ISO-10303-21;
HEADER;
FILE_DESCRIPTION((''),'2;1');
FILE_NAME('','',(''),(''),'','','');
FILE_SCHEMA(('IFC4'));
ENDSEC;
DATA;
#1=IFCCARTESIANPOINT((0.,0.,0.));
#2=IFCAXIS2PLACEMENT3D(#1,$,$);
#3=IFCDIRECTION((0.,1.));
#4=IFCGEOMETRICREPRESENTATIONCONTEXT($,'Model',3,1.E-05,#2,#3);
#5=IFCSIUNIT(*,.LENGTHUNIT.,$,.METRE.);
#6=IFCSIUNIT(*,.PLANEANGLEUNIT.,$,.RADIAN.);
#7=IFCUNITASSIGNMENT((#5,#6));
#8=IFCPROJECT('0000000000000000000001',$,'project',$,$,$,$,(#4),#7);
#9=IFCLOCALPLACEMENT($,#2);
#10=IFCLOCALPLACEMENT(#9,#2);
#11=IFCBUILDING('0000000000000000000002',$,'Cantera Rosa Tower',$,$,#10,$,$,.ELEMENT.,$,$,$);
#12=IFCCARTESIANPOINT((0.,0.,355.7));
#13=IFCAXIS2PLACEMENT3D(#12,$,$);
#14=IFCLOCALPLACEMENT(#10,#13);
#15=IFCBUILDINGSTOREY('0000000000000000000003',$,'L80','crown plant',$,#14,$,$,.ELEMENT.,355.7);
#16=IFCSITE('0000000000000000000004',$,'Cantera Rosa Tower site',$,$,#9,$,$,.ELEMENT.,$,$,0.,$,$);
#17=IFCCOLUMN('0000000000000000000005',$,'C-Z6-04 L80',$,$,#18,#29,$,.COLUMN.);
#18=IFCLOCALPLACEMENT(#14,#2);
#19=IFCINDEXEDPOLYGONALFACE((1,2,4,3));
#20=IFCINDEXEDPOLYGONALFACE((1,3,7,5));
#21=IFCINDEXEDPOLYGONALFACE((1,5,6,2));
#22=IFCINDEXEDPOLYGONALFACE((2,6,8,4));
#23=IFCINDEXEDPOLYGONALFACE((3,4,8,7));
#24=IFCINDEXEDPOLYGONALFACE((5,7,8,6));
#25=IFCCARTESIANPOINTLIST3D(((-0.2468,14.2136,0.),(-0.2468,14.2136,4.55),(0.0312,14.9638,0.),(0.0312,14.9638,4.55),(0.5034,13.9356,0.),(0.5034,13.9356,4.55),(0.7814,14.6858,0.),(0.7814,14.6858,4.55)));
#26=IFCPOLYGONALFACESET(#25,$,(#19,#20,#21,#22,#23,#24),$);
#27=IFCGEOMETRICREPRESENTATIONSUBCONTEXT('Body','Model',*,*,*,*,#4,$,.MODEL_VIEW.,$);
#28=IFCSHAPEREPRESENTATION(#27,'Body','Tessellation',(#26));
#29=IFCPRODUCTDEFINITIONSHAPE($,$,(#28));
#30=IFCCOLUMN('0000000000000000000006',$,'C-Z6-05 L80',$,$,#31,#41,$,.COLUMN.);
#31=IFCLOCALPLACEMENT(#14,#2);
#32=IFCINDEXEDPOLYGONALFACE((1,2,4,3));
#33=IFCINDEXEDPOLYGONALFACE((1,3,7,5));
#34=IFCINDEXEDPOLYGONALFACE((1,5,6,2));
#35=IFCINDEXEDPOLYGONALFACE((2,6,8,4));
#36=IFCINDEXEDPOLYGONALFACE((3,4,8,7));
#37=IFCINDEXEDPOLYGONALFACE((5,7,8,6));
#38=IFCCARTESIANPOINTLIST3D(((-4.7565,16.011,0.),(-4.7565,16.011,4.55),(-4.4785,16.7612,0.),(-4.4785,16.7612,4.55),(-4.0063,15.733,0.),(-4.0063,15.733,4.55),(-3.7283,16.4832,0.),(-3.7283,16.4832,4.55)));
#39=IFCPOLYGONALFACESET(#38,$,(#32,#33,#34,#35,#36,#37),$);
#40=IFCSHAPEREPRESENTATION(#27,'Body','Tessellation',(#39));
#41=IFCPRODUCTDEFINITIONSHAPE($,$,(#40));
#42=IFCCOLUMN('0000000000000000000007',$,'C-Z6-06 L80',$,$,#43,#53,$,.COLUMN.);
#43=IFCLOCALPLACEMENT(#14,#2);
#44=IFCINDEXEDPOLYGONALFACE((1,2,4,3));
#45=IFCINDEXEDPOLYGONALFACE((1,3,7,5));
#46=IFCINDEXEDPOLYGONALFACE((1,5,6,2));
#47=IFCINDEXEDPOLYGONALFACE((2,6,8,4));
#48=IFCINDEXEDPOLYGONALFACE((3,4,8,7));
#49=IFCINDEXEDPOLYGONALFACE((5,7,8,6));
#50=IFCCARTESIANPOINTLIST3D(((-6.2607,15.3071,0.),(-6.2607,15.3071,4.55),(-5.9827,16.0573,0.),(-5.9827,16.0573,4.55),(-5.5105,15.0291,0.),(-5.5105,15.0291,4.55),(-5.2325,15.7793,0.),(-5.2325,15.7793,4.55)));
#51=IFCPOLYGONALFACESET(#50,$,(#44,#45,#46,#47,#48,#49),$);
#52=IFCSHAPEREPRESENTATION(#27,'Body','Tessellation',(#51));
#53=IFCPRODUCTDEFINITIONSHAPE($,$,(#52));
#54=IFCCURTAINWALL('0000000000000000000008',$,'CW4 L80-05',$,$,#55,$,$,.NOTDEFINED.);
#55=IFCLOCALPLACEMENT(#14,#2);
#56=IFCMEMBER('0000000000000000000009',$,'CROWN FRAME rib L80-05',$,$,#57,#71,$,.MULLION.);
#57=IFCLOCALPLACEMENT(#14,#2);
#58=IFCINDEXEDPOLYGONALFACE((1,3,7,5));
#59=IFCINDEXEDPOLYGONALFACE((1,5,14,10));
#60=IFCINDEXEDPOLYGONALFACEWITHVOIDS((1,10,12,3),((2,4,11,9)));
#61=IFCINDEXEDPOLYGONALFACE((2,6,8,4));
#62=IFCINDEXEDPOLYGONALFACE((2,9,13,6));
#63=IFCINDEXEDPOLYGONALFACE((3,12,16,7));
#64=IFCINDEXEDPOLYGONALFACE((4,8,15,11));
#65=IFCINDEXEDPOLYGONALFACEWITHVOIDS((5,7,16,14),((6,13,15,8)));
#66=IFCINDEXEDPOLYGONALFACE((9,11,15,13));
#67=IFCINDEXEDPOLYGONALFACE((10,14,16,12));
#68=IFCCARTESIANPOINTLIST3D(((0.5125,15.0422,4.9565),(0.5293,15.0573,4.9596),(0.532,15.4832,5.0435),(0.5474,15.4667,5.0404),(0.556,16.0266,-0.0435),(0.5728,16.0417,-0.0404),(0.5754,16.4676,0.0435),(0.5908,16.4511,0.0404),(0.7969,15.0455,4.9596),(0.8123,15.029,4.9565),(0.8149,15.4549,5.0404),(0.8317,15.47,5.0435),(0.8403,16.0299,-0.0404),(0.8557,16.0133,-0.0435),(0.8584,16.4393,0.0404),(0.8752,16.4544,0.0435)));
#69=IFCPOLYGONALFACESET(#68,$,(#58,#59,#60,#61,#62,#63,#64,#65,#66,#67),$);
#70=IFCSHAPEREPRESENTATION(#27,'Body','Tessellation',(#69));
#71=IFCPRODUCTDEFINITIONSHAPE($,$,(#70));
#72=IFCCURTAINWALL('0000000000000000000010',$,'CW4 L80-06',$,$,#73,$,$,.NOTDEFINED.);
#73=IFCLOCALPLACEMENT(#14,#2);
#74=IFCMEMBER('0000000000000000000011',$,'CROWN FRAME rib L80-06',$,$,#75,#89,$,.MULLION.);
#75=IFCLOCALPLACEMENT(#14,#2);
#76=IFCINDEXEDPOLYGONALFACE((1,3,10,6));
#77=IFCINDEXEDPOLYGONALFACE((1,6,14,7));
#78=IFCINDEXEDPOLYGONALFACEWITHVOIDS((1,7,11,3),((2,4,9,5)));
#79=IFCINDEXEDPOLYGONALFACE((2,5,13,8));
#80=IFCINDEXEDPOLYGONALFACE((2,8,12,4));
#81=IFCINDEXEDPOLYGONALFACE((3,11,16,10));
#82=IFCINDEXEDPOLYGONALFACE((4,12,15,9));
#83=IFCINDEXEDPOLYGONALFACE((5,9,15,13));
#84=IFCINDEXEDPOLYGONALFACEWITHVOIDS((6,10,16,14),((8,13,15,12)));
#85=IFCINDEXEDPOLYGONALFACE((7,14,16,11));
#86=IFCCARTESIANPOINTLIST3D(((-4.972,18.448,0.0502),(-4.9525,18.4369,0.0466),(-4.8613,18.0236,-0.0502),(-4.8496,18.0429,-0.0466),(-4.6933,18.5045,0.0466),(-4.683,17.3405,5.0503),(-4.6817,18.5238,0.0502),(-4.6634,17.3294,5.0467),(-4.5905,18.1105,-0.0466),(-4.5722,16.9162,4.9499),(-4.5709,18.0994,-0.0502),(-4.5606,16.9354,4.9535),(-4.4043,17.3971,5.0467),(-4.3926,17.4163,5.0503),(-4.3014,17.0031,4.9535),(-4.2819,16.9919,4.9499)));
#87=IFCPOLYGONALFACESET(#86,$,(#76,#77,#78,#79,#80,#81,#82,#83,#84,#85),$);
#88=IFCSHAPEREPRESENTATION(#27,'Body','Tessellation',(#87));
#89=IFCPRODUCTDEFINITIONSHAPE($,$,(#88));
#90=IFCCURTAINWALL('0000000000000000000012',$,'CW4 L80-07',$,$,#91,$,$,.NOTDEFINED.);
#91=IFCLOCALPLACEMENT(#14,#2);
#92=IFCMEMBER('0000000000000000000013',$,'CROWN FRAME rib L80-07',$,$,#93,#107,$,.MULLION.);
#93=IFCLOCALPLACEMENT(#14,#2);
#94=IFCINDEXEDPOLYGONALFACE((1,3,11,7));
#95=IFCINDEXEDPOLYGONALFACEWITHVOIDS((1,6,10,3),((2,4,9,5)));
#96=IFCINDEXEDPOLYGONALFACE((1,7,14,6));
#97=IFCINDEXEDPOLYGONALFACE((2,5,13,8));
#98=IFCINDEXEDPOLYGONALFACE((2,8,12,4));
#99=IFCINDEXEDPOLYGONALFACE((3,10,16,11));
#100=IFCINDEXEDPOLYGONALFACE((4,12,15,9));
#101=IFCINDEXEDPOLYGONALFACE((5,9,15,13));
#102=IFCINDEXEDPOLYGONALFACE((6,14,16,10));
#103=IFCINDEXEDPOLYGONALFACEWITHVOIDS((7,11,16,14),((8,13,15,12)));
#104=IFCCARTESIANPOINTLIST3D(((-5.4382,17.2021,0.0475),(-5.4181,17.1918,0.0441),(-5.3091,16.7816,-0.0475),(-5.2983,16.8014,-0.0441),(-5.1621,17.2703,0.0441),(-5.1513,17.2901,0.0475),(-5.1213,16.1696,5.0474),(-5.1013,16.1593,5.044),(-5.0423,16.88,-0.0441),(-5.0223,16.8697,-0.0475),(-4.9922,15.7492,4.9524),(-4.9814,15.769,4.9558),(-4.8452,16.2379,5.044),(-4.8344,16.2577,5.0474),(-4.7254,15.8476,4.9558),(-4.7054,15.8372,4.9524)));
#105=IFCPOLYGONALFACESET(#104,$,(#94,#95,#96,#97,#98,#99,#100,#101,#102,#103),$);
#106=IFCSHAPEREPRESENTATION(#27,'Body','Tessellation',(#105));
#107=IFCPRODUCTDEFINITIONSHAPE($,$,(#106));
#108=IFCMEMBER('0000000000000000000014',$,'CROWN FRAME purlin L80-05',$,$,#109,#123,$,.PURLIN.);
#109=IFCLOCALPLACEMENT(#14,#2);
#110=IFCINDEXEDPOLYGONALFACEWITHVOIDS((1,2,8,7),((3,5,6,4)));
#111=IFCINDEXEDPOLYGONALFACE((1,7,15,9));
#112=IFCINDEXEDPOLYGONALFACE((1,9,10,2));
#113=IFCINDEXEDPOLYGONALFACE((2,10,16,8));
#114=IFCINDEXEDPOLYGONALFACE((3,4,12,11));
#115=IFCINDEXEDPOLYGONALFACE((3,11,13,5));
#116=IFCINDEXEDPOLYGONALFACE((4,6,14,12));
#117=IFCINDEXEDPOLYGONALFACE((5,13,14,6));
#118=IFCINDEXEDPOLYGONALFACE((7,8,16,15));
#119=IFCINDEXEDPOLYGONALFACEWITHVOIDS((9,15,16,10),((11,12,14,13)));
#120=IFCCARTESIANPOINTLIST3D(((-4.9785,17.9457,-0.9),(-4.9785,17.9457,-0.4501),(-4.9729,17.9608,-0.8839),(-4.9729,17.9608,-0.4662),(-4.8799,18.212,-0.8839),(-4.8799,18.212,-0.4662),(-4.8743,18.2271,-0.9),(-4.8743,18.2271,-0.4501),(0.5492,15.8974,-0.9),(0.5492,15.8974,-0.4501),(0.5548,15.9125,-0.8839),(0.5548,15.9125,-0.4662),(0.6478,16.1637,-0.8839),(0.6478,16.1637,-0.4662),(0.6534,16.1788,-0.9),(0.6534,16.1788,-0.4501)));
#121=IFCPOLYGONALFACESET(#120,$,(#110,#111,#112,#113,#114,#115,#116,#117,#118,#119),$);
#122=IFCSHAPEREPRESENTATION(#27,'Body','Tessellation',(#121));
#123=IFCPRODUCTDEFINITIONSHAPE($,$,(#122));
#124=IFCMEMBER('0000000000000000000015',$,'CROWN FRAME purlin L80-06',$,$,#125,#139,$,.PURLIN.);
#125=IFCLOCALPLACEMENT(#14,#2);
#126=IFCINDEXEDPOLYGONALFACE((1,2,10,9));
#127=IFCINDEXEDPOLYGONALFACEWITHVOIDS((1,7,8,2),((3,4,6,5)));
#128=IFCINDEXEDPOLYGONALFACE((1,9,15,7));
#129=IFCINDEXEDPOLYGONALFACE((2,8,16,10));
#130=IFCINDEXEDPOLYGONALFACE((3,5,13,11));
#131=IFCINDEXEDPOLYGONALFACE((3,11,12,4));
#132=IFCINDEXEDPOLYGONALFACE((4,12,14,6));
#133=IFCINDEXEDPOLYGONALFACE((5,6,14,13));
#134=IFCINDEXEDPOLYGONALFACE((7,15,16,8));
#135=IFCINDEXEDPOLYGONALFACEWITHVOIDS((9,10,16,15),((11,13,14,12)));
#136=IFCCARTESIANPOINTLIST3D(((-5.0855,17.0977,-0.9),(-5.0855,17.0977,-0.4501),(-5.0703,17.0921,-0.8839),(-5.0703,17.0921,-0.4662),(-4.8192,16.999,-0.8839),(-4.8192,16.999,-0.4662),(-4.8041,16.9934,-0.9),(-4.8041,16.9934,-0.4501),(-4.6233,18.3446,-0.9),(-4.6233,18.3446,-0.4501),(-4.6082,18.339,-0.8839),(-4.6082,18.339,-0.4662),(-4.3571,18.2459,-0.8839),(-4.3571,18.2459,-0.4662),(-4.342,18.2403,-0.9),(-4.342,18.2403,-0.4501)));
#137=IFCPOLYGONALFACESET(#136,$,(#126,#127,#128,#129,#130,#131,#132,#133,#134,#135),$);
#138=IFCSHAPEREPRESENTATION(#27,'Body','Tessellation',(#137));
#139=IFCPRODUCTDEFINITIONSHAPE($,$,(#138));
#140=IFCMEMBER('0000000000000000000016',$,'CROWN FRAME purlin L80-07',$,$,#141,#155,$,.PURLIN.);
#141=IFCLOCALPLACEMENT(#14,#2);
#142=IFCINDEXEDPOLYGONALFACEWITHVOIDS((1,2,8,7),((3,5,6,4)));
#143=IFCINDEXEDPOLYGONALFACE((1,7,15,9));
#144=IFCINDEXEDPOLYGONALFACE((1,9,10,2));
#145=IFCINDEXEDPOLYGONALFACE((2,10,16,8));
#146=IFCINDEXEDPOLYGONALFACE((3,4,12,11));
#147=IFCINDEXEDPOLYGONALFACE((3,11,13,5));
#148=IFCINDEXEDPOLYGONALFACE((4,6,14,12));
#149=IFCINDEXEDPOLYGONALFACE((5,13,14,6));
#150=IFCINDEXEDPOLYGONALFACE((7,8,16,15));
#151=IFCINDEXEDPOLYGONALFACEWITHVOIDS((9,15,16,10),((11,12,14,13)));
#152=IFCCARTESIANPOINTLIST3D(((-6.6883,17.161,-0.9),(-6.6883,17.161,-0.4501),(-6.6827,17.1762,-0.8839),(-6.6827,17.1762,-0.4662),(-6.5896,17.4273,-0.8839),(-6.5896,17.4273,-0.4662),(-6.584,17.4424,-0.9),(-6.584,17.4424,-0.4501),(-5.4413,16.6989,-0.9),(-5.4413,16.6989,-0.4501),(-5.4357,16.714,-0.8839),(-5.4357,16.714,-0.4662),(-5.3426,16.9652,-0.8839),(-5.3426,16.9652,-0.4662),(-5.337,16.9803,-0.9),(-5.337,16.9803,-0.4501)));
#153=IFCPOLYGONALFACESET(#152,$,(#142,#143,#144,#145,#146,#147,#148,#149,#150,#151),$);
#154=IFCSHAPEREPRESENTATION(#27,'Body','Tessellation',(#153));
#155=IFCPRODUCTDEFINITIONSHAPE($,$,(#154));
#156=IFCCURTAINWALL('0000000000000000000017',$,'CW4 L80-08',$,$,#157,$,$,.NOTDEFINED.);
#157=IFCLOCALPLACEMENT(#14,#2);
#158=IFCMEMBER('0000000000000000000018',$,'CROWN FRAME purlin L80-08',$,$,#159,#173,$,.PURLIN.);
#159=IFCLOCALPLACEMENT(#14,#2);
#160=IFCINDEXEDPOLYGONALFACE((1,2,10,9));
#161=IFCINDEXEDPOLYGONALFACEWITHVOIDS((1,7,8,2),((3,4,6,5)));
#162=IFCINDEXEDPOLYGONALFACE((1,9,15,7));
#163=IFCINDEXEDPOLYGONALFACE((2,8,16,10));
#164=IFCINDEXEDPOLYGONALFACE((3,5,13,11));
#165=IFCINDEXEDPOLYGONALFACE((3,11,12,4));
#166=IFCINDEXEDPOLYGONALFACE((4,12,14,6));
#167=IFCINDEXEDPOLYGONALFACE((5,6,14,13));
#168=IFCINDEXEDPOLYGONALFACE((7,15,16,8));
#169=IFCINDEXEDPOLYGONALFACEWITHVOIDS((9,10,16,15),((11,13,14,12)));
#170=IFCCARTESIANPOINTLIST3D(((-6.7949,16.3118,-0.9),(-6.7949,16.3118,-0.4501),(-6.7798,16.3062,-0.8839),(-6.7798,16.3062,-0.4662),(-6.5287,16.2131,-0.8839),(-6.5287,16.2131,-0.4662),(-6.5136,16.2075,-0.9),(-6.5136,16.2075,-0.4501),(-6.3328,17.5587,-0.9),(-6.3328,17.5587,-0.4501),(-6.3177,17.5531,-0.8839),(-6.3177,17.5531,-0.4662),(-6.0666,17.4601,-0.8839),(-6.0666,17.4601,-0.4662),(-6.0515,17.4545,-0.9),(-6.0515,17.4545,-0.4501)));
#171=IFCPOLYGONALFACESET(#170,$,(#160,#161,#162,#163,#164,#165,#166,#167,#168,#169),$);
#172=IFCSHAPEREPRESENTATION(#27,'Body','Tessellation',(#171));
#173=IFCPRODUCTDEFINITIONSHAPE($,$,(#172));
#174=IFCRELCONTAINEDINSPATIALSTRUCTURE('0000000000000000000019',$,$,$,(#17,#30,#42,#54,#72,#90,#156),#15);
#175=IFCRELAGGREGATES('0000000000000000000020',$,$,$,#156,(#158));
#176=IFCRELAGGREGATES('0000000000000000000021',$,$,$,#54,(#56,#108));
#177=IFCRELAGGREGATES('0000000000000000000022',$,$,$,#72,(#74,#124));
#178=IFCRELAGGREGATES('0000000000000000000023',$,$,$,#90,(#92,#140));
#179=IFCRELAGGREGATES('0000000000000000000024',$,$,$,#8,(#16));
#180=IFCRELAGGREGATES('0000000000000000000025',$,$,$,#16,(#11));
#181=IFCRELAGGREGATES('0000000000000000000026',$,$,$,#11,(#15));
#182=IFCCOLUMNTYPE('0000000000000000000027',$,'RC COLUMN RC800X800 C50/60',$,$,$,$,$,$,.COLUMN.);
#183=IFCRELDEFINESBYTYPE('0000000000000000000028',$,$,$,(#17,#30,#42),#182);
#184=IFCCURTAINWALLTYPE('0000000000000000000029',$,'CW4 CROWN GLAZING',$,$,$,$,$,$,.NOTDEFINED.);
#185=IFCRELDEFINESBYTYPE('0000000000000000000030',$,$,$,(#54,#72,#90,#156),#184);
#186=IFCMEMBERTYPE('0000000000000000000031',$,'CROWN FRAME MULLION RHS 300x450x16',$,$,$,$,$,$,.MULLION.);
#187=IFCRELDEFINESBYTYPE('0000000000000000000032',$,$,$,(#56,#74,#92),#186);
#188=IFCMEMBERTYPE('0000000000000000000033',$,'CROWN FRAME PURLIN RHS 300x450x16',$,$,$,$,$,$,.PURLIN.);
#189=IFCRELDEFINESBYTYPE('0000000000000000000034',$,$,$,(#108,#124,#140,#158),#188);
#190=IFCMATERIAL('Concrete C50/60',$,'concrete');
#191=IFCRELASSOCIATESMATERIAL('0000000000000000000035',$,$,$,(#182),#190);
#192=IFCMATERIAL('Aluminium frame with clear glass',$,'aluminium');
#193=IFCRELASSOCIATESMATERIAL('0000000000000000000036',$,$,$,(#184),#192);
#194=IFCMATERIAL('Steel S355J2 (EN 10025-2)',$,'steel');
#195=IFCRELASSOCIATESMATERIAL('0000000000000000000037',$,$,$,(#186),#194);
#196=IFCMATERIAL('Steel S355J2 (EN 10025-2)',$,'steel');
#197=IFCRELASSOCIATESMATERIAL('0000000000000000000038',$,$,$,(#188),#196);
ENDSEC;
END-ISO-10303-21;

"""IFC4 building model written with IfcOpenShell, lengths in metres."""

from ifc_helpers import new_model, si_unit, direction, frame, origin, origin_2d, place, context, subcontext, project, spatial, rectangle, hollow_rectangle, extrude, material, material_profile, profile_set, type_object, element, aggregate, save


model = new_model("IFC4")

# Units and contexts
model_context = context("Model", 3, precision=1e-05, world=origin(), true_north=direction((0.0, 1.0)))
body_context = subcontext(model_context, "Body", "Model", "MODEL_VIEW")
ifc_project = project(units=[si_unit("LENGTHUNIT", "METRE"), si_unit("PLANEANGLEUNIT", "RADIAN")], contexts=[model_context])

# Site, building, storey
site_placement = place(None, origin())
site = spatial("IfcSite", under=ifc_project, at=site_placement, Name="Cantera Rosa Tower site", CompositionType="ELEMENT", RefElevation=0.0)
building_placement = place(site_placement, origin())
building = spatial("IfcBuilding", under=site, at=building_placement, Name="Cantera Rosa Tower", CompositionType="ELEMENT")
storey_placement = place(building_placement, frame((0.0, 0.0, 355.7)))
storey = spatial("IfcBuildingStorey", under=building, at=storey_placement, Name="L80", Description="crown plant", CompositionType="ELEMENT", Elevation=355.7)

# Columns
ifc_material_1 = material(Name="Concrete C50/60", Category="concrete")
ifc_material_profile_1 = material_profile(ifc_material_1, rectangle(XDim=0.8, YDim=0.8, at=origin_2d()), Name="RC COLUMN RC800X800 C50/60")
ifc_profile_set_1 = profile_set([ifc_material_profile_1], Name="Concrete C50/60")
column_type = type_object("IfcColumnType", Name="RC COLUMN RC800X800 C50/60", PredefinedType="COLUMN", material=ifc_profile_set_1)
for number, where, z_axis, x_axis, name in (
    (1, (0.2673, 14.4497, 0.0), (0.0, 0.0, 1.0), (0.347481, 0.937687, 0.0), "C-Z6-04 L80"),
    (2, (-4.2424, 16.2471, 0.0), (0.0, 0.0, 1.0), (0.347481, 0.937687, 0.0), "C-Z6-05 L80"),
    (3, (-5.7466, 15.5432, 0.0), (0.0, 0.0, 1.0), (0.347481, 0.937687, 0.0), "C-Z6-06 L80"),
):
    element("IfcColumn", number, at=place(storey_placement, frame(where, z_axis=z_axis, x_axis=x_axis)), inside=storey, type_object=column_type, Name=name, PredefinedType="COLUMN", context=body_context, shape_type="SweptSolid", body=[
        extrude(rectangle(XDim=0.8, YDim=0.8, at=origin_2d()), origin(), (0.0, 0.0, 1.0), 4.55),
    ])

# Curtain walls, members
ifc_material_2 = material(Name="Aluminium frame with clear glass", Category="aluminium")
curtain_wall_type = type_object("IfcCurtainWallType", Name="CW4 CROWN GLAZING", PredefinedType="NOTDEFINED", material=ifc_material_2)
curtain_wall_1_placement = place(storey_placement, origin())
curtain_wall_1 = element("IfcCurtainWall", 4, at=curtain_wall_1_placement, inside=storey, type_object=curtain_wall_type, Name="CW4 L80-05", PredefinedType="NOTDEFINED")
ifc_material_3 = material(Name="Steel S355J2 (EN 10025-2)", Category="steel")
ifc_material_profile_2 = material_profile(ifc_material_3, hollow_rectangle(XDim=0.3, YDim=0.45, WallThickness=0.0161, at=origin_2d()), Name="CROWN FRAME MULLION RHS 300x450x16")
ifc_profile_set_2 = profile_set([ifc_material_profile_2], Name="Steel S355J2 (EN 10025-2)")
member_type_1 = type_object("IfcMemberType", Name="CROWN FRAME MULLION RHS 300x450x16", PredefinedType="MULLION", material=ifc_profile_set_2)
member_1_placement = place(storey_placement, frame((0.7156, 16.2405, 0.0), z_axis=(-0.008527, -0.19316, 0.98113), x_axis=(0.999027, -0.044104, 0.0)))
member_1 = element("IfcMember", 5, at=member_1_placement, type_object=member_type_1, Name="CROWN FRAME rib L80-05", PredefinedType="MULLION", context=body_context, shape_type="SweptSolid", body=[
    extrude(hollow_rectangle(XDim=0.3, YDim=0.45, WallThickness=0.0161, at=origin_2d()), origin(), (0.0, 0.0, 1.0), 5.0962),
])
curtain_wall_2_placement = place(storey_placement, origin())
curtain_wall_2 = element("IfcCurtainWall", 6, at=curtain_wall_2_placement, inside=storey, type_object=curtain_wall_type, Name="CW4 L80-06", PredefinedType="NOTDEFINED")
member_2_placement = place(storey_placement, frame((-4.7715, 18.2737, 0.0), z_axis=(0.056355, -0.2159, 0.974788), x_axis=(0.967581, 0.252561, 0.0)))
member_2 = element("IfcMember", 7, at=member_2_placement, type_object=member_type_1, Name="CROWN FRAME rib L80-06", PredefinedType="MULLION", context=body_context, shape_type="SweptSolid", body=[
    extrude(hollow_rectangle(XDim=0.3, YDim=0.45, WallThickness=0.0161, at=origin_2d()), origin(), (0.0, 0.0, 1.0), 5.1294),
])
curtain_wall_3_placement = place(storey_placement, origin())
curtain_wall_3 = element("IfcCurtainWall", 8, at=curtain_wall_3_placement, inside=storey, type_object=curtain_wall_type, Name="CW4 L80-07", PredefinedType="NOTDEFINED")
member_3_placement = place(storey_placement, frame((-5.2302, 17.0359, 0.0), z_axis=(0.06195, -0.201839, 0.977457), x_axis=(0.955984, 0.293419, 0.0)))
member_3 = element("IfcMember", 9, at=member_3_placement, type_object=member_type_1, Name="CROWN FRAME rib L80-07", PredefinedType="MULLION", context=body_context, shape_type="SweptSolid", body=[
    extrude(hollow_rectangle(XDim=0.3, YDim=0.45, WallThickness=0.0161, at=origin_2d()), origin(), (0.0, 0.0, 1.0), 5.1152),
])

# Members
ifc_material_4 = material(Name="Steel S355J2 (EN 10025-2)", Category="steel")
ifc_material_profile_3 = material_profile(ifc_material_4, hollow_rectangle(XDim=0.3, YDim=0.45, WallThickness=0.0161, at=origin_2d()), Name="CROWN FRAME PURLIN RHS 300x450x16")
ifc_profile_set_3 = profile_set([ifc_material_profile_3], Name="Steel S355J2 (EN 10025-2)")
member_type_2 = type_object("IfcMemberType", Name="CROWN FRAME PURLIN RHS 300x450x16", PredefinedType="PURLIN", material=ifc_profile_set_3)
member_4_placement = place(storey_placement, frame((0.6013, 16.0381, -0.675), z_axis=(-0.937694, 0.347463, 0.0), x_axis=(-0.347463, -0.937694, 0.0)))
member_4 = element("IfcMember", 10, at=member_4_placement, type_object=member_type_2, Name="CROWN FRAME purlin L80-05", PredefinedType="PURLIN", context=body_context, shape_type="SweptSolid", body=[
    extrude(hollow_rectangle(XDim=0.3, YDim=0.45, WallThickness=0.0161, at=origin_2d()), origin(), (0.0, 0.0, 1.0), 5.895),
])
member_5_placement = place(storey_placement, frame((-4.4827, 18.2925, -0.675), z_axis=(-0.3475, -0.93768, 0.0), x_axis=(0.93768, -0.3475, 0.0)))
member_5 = element("IfcMember", 11, at=member_5_placement, type_object=member_type_2, Name="CROWN FRAME purlin L80-06", PredefinedType="PURLIN", context=body_context, shape_type="SweptSolid", body=[
    extrude(hollow_rectangle(XDim=0.3, YDim=0.45, WallThickness=0.0161, at=origin_2d()), origin(), (0.0, 0.0, 1.0), 1.3298),
])
member_6_placement = place(storey_placement, frame((-5.3892, 16.8396, -0.675), z_axis=(-0.93768, 0.3475, 0.0), x_axis=(-0.3475, -0.93768, 0.0)))
member_6 = element("IfcMember", 12, at=member_6_placement, type_object=member_type_2, Name="CROWN FRAME purlin L80-07", PredefinedType="PURLIN", context=body_context, shape_type="SweptSolid", body=[
    extrude(hollow_rectangle(XDim=0.3, YDim=0.45, WallThickness=0.0161, at=origin_2d()), origin(), (0.0, 0.0, 1.0), 1.3298),
])

# Curtain wall, member
curtain_wall_4_placement = place(storey_placement, origin())
curtain_wall_4 = element("IfcCurtainWall", 13, at=curtain_wall_4_placement, inside=storey, type_object=curtain_wall_type, Name="CW4 L80-08", PredefinedType="NOTDEFINED")
member_7_placement = place(storey_placement, frame((-6.1921, 17.5066, -0.675), z_axis=(-0.3475, -0.93768, 0.0), x_axis=(0.93768, -0.3475, 0.0)))
member_7 = element("IfcMember", 14, at=member_7_placement, type_object=member_type_2, Name="CROWN FRAME purlin L80-08", PredefinedType="PURLIN", context=body_context, shape_type="SweptSolid", body=[
    extrude(hollow_rectangle(XDim=0.3, YDim=0.45, WallThickness=0.0161, at=origin_2d()), origin(), (0.0, 0.0, 1.0), 1.3298),
])
aggregate(curtain_wall_4, [member_7])

aggregate(curtain_wall_1, [member_1, member_4])
aggregate(curtain_wall_2, [member_2, member_5])
aggregate(curtain_wall_3, [member_3, member_6])

save(model, "model.ifc")
